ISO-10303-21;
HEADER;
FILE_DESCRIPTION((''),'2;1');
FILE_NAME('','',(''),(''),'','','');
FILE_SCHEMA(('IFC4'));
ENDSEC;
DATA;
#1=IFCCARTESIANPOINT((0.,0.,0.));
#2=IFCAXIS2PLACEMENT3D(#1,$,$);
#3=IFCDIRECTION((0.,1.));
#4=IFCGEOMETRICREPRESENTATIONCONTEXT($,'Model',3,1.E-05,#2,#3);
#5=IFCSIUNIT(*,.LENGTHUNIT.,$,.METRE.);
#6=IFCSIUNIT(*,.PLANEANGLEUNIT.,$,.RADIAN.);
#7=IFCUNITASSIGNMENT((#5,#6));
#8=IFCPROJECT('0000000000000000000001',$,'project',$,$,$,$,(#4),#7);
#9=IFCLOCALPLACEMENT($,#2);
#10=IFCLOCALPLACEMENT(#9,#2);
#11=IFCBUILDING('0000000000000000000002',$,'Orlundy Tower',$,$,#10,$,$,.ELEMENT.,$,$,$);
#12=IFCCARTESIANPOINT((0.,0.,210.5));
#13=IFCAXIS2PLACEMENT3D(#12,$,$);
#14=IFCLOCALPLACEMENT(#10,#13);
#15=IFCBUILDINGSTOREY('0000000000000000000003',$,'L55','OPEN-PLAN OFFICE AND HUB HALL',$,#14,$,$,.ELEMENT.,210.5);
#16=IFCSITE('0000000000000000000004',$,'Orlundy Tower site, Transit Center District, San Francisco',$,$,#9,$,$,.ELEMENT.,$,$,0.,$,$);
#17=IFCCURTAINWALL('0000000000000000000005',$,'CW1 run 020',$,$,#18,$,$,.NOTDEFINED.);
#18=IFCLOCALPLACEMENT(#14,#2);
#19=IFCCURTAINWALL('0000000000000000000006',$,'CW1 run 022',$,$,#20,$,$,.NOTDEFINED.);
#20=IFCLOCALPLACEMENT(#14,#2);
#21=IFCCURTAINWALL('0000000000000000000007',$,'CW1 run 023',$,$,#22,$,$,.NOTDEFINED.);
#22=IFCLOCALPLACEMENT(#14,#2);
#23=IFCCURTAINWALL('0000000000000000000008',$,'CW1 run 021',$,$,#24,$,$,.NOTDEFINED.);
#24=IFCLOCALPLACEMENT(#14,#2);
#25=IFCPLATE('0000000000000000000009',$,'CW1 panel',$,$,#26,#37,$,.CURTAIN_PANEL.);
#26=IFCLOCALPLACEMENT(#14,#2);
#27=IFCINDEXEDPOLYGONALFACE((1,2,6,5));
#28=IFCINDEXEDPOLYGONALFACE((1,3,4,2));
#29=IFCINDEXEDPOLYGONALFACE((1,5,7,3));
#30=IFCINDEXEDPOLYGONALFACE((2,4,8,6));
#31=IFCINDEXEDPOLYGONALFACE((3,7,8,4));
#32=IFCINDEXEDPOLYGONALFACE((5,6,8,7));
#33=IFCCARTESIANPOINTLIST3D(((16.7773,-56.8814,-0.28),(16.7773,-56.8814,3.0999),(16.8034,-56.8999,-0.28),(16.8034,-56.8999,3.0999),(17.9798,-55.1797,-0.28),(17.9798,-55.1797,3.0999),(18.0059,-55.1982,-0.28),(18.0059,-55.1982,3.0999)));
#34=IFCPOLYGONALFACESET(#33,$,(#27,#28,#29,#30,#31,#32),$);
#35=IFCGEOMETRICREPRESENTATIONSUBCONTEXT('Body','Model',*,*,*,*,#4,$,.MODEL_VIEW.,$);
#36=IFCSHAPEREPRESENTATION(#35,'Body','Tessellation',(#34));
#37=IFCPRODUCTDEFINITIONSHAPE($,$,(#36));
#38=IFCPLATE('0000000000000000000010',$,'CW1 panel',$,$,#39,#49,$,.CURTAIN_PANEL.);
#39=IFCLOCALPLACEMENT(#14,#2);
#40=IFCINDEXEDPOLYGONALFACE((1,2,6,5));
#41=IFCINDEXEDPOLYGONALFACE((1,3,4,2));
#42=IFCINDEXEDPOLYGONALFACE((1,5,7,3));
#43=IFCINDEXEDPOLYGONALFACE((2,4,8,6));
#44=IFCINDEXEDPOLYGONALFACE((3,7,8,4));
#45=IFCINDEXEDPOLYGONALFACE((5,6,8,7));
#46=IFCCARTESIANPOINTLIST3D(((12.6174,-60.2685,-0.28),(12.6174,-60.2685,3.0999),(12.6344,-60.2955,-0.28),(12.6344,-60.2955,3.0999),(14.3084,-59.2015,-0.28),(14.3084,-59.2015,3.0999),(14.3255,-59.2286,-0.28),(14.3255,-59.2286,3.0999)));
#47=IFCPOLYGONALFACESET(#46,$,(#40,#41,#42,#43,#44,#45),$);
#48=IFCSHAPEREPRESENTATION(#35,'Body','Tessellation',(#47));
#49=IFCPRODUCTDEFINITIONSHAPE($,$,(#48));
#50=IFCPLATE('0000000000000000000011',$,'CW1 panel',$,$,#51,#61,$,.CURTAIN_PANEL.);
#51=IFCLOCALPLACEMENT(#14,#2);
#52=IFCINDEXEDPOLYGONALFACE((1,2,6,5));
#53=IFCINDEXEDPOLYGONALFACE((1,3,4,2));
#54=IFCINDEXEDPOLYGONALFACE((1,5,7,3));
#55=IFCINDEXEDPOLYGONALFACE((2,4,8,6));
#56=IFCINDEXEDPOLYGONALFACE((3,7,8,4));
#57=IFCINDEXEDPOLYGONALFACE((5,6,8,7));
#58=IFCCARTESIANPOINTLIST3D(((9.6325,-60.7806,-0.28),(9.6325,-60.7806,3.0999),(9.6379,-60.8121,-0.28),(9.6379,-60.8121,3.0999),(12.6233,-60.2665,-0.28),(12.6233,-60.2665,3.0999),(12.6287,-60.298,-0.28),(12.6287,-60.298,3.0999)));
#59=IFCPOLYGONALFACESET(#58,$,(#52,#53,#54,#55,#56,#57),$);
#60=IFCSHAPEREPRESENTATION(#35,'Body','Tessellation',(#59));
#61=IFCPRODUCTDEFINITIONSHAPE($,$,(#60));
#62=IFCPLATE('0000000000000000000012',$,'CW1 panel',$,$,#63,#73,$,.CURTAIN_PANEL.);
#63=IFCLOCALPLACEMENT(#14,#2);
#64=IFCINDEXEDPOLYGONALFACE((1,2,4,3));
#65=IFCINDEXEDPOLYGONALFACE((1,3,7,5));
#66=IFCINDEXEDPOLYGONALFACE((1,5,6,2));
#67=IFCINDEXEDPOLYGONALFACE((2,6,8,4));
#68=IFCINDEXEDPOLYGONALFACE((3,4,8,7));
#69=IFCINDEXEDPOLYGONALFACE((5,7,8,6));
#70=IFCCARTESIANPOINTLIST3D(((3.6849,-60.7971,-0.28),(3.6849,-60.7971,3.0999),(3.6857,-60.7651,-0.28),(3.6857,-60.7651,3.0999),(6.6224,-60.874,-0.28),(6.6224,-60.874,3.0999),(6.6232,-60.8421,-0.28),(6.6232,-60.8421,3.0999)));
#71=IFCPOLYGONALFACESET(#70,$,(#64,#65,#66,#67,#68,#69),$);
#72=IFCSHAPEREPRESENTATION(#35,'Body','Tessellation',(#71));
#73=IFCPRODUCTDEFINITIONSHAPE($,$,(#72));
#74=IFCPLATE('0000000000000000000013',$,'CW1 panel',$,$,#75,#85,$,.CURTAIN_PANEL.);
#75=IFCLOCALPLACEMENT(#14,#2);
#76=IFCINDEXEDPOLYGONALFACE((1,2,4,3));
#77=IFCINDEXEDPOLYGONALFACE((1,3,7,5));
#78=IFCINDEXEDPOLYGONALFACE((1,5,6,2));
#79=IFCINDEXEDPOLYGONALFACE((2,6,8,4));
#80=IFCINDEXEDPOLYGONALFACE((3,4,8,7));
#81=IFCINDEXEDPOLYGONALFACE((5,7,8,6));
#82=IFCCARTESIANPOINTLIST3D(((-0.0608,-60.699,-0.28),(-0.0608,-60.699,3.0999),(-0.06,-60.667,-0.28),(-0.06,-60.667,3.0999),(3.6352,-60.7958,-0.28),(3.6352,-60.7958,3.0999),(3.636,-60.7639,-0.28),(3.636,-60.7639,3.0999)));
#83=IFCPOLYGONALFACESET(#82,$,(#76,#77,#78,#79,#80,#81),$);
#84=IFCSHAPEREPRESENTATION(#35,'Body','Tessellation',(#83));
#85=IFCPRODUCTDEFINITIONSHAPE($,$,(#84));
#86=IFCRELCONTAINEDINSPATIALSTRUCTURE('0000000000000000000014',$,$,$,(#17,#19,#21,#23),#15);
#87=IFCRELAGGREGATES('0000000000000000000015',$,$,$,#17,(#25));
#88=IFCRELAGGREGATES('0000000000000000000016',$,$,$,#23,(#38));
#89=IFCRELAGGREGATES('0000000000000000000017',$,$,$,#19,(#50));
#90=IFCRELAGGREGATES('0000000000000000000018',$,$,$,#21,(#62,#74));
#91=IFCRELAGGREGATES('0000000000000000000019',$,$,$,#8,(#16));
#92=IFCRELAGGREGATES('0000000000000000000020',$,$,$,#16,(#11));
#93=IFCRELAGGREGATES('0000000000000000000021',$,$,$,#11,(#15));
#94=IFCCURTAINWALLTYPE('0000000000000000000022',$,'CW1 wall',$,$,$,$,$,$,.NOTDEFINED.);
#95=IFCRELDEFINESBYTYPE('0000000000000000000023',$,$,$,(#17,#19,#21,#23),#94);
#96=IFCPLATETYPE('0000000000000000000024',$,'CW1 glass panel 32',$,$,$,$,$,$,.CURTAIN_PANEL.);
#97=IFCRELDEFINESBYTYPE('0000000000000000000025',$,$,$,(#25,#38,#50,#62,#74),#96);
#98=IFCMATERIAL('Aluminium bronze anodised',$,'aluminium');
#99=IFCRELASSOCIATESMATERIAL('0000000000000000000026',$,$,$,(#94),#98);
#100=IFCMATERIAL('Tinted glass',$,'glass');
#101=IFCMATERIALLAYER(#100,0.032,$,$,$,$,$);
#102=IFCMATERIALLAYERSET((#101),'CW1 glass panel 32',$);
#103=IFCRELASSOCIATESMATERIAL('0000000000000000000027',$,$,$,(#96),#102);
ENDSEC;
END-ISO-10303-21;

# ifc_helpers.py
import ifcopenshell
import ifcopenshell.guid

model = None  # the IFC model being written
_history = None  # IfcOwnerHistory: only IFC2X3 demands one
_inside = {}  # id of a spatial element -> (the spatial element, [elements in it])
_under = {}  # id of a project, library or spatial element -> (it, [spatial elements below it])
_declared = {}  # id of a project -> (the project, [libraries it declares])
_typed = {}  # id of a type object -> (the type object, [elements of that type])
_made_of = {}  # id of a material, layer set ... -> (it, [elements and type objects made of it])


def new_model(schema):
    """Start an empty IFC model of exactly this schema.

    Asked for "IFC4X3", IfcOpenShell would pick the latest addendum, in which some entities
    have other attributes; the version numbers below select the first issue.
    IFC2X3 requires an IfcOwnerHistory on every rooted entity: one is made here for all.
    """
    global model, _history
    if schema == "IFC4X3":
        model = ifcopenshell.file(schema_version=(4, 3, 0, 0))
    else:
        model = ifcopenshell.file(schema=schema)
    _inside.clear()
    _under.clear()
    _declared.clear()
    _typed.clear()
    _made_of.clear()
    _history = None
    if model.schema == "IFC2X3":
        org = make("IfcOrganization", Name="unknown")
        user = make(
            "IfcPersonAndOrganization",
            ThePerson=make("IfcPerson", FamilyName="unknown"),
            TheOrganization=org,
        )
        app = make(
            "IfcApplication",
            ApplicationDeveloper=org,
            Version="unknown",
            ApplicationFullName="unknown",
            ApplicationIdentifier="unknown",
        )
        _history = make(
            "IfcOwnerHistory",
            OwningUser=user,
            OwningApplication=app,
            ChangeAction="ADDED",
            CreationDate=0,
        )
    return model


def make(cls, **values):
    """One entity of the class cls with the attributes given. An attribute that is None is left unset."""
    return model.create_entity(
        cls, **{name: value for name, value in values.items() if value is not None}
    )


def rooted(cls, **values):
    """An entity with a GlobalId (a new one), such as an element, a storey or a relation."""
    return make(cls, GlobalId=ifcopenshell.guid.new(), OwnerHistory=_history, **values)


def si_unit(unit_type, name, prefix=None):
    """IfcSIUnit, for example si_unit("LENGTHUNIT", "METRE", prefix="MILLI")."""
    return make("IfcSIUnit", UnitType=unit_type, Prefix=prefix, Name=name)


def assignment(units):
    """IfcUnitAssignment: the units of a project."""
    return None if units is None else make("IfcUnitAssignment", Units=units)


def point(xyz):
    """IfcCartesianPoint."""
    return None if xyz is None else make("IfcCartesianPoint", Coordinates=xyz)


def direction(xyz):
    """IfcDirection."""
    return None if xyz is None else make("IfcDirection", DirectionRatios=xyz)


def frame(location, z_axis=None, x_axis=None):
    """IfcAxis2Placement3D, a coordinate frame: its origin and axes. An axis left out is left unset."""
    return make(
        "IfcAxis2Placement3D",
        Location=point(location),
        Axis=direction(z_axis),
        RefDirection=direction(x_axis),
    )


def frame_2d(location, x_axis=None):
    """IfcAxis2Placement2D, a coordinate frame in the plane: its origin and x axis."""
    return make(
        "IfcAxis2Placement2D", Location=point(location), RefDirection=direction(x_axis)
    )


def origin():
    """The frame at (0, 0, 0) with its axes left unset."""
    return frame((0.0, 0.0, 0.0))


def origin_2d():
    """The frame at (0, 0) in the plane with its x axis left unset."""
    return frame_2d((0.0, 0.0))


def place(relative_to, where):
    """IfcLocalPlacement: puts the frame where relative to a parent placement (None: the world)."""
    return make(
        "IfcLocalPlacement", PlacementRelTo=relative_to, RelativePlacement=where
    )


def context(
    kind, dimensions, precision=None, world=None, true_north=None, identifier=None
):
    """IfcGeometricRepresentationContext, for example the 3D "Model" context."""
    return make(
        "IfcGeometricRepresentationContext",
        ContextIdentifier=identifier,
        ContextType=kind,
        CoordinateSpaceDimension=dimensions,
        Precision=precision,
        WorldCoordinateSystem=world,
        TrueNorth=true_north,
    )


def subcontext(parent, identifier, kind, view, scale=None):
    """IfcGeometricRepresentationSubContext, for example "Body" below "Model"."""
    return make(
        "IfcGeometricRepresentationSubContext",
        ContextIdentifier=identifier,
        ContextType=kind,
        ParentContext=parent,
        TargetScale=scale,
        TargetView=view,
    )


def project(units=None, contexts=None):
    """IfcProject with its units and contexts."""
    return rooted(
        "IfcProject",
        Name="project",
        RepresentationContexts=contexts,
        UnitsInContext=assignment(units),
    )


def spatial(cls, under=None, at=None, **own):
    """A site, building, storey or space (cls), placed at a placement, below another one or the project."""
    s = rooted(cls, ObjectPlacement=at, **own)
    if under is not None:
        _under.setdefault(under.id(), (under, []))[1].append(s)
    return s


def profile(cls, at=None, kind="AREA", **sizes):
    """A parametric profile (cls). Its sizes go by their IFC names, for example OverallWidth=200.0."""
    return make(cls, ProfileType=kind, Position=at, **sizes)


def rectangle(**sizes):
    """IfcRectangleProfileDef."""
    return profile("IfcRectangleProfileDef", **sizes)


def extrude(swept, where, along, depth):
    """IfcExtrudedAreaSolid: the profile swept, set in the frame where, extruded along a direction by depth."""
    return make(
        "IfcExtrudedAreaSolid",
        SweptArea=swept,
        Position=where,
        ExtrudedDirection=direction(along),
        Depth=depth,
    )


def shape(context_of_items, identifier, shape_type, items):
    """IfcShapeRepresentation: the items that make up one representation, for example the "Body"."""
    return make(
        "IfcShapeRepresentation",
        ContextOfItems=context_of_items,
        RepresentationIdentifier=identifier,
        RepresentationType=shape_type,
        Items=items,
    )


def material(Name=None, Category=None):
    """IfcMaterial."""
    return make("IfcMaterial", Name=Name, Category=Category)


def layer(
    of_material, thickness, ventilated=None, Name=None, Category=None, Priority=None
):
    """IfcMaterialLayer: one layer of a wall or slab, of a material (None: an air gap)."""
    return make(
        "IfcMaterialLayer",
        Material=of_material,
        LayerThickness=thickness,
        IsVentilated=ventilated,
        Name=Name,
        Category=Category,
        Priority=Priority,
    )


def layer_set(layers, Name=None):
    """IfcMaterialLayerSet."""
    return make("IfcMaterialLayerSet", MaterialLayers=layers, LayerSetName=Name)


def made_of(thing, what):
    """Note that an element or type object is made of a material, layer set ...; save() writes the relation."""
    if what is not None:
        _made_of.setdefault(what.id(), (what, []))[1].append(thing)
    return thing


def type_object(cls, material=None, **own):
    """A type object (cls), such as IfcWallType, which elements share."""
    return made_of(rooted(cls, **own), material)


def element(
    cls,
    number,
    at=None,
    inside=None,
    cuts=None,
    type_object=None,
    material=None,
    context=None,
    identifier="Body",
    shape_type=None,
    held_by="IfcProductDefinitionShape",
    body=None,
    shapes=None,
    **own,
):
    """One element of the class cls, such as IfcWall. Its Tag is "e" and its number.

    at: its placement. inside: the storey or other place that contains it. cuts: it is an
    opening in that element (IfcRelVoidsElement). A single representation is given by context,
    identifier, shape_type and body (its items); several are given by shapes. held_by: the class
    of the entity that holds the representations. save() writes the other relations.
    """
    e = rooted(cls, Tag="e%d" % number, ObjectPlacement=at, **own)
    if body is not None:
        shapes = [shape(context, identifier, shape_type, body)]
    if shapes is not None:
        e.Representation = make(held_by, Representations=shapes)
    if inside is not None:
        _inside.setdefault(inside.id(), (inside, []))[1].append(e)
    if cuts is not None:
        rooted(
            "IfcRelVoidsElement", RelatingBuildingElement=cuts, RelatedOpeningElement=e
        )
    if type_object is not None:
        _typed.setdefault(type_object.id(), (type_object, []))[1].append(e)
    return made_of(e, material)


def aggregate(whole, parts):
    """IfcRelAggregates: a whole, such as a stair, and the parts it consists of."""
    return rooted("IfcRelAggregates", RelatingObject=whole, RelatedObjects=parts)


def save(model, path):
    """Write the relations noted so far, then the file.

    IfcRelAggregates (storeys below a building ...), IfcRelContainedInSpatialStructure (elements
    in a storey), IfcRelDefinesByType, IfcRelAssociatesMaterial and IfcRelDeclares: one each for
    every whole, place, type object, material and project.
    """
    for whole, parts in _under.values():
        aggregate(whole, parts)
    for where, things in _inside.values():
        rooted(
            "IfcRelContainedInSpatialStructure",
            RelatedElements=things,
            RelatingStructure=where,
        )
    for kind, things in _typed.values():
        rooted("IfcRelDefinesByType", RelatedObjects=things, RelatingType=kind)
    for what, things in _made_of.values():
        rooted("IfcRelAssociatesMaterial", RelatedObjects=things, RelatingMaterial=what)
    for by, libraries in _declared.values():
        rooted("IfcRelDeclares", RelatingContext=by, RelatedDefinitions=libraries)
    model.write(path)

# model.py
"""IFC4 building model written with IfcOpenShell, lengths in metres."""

from ifc_helpers import new_model, si_unit, direction, frame, origin, origin_2d, place, context, subcontext, project, spatial, rectangle, extrude, material, layer, layer_set, type_object, element, aggregate, save


model = new_model("IFC4")

# Units and contexts
model_context = context("Model", 3, precision=1e-05, world=origin(), true_north=direction((0.0, 1.0)))
body_context = subcontext(model_context, "Body", "Model", "MODEL_VIEW")
ifc_project = project(units=[si_unit("LENGTHUNIT", "METRE"), si_unit("PLANEANGLEUNIT", "RADIAN")], contexts=[model_context])

# Site, building, storey
site_placement = place(None, origin())
site = spatial("IfcSite", under=ifc_project, at=site_placement, Name="Orlundy Tower site, Transit Center District, San Francisco", CompositionType="ELEMENT", RefElevation=0.0)
building_placement = place(site_placement, origin())
building = spatial("IfcBuilding", under=site, at=building_placement, Name="Orlundy Tower", CompositionType="ELEMENT")
storey_placement = place(building_placement, frame((0.0, 0.0, 210.5)))
storey = spatial("IfcBuildingStorey", under=building, at=storey_placement, Name="L55", Description="OPEN-PLAN OFFICE AND HUB HALL", CompositionType="ELEMENT", Elevation=210.5)

# Curtain walls
ifc_material_1 = material(Name="Aluminium bronze anodised", Category="aluminium")
curtain_wall_type = type_object("IfcCurtainWallType", Name="CW1 wall", PredefinedType="NOTDEFINED", material=ifc_material_1)
curtain_wall_1_placement = place(storey_placement, origin())
curtain_wall_1 = element("IfcCurtainWall", 1, at=curtain_wall_1_placement, inside=storey, type_object=curtain_wall_type, Name="CW1 run 020", PredefinedType="NOTDEFINED")
curtain_wall_2_placement = place(storey_placement, origin())
curtain_wall_2 = element("IfcCurtainWall", 2, at=curtain_wall_2_placement, inside=storey, type_object=curtain_wall_type, Name="CW1 run 022", PredefinedType="NOTDEFINED")
curtain_wall_3_placement = place(storey_placement, origin())
curtain_wall_3 = element("IfcCurtainWall", 3, at=curtain_wall_3_placement, inside=storey, type_object=curtain_wall_type, Name="CW1 run 023", PredefinedType="NOTDEFINED")

# Curtain wall
curtain_wall_4_placement = place(storey_placement, origin())
curtain_wall_4 = element("IfcCurtainWall", 4, at=curtain_wall_4_placement, inside=storey, type_object=curtain_wall_type, Name="CW1 run 021", PredefinedType="NOTDEFINED")

# Shared definitions
ifc_material_2 = material(Name="Tinted glass", Category="glass")
ifc_layer = layer(ifc_material_2, 0.032)
ifc_layer_set = layer_set([ifc_layer], Name="CW1 glass panel 32")
plate_type = type_object("IfcPlateType", Name="CW1 glass panel 32", PredefinedType="CURTAIN_PANEL", material=ifc_layer_set)

# Plates
plate_1_placement = place(storey_placement, frame((17.3916, -56.0398, -0.28), z_axis=(0.0, 0.0, 1.0), x_axis=(-0.577096, -0.816676, 0.0)))
plate_1 = element("IfcPlate", 5, at=plate_1_placement, type_object=plate_type, Name="CW1 panel", PredefinedType="CURTAIN_PANEL", context=body_context, shape_type="SweptSolid", body=[
    extrude(rectangle(XDim=2.0837, YDim=0.032, at=origin_2d()), origin(), (0.0, 0.0, 1.0), 3.3799),
])
aggregate(curtain_wall_1, [plate_1])
plate_2_placement = place(storey_placement, frame((13.4714, -59.7485, -0.28), z_axis=(0.0, 0.0, 1.0), x_axis=(-0.845732, -0.533607, 0.0)))
plate_2 = element("IfcPlate", 6, at=plate_2_placement, type_object=plate_type, Name="CW1 panel", PredefinedType="CURTAIN_PANEL", context=body_context, shape_type="SweptSolid", body=[
    extrude(rectangle(XDim=1.9995, YDim=0.032, at=origin_2d()), origin(), (0.0, 0.0, 1.0), 3.3799),
])
aggregate(curtain_wall_4, [plate_2])
plate_3_placement = place(storey_placement, frame((11.1306, -60.5393, -0.28), z_axis=(0.0, 0.0, 1.0), x_axis=(-0.985543, -0.169428, 0.0)))
plate_3 = element("IfcPlate", 7, at=plate_3_placement, type_object=plate_type, Name="CW1 panel", PredefinedType="CURTAIN_PANEL", context=body_context, shape_type="SweptSolid", body=[
    extrude(rectangle(XDim=3.0347, YDim=0.032, at=origin_2d()), origin(), (0.0, 0.0, 1.0), 3.3799),
])
aggregate(curtain_wall_2, [plate_3])
plate_4_placement = place(storey_placement, frame((5.1541, -60.8196, -0.28), z_axis=(0.0, 0.0, 1.0), x_axis=(-0.999657, 0.02619, 0.0)))
plate_4 = element("IfcPlate", 8, at=plate_4_placement, type_object=plate_type, Name="CW1 panel", PredefinedType="CURTAIN_PANEL", context=body_context, shape_type="SweptSolid", body=[
    extrude(rectangle(XDim=2.9385, YDim=0.032, at=origin_2d()), origin(), (0.0, 0.0, 1.0), 3.3799),
])
plate_5_placement = place(storey_placement, frame((1.7876, -60.7314, -0.28), z_axis=(0.0, 0.0, 1.0), x_axis=(-0.999657, 0.02619, 0.0)))
plate_5 = element("IfcPlate", 9, at=plate_5_placement, type_object=plate_type, Name="CW1 panel", PredefinedType="CURTAIN_PANEL", context=body_context, shape_type="SweptSolid", body=[
    extrude(rectangle(XDim=3.6973, YDim=0.032, at=origin_2d()), origin(), (0.0, 0.0, 1.0), 3.3799),
])
aggregate(curtain_wall_3, [plate_4, plate_5])

save(model, "model.ifc")
